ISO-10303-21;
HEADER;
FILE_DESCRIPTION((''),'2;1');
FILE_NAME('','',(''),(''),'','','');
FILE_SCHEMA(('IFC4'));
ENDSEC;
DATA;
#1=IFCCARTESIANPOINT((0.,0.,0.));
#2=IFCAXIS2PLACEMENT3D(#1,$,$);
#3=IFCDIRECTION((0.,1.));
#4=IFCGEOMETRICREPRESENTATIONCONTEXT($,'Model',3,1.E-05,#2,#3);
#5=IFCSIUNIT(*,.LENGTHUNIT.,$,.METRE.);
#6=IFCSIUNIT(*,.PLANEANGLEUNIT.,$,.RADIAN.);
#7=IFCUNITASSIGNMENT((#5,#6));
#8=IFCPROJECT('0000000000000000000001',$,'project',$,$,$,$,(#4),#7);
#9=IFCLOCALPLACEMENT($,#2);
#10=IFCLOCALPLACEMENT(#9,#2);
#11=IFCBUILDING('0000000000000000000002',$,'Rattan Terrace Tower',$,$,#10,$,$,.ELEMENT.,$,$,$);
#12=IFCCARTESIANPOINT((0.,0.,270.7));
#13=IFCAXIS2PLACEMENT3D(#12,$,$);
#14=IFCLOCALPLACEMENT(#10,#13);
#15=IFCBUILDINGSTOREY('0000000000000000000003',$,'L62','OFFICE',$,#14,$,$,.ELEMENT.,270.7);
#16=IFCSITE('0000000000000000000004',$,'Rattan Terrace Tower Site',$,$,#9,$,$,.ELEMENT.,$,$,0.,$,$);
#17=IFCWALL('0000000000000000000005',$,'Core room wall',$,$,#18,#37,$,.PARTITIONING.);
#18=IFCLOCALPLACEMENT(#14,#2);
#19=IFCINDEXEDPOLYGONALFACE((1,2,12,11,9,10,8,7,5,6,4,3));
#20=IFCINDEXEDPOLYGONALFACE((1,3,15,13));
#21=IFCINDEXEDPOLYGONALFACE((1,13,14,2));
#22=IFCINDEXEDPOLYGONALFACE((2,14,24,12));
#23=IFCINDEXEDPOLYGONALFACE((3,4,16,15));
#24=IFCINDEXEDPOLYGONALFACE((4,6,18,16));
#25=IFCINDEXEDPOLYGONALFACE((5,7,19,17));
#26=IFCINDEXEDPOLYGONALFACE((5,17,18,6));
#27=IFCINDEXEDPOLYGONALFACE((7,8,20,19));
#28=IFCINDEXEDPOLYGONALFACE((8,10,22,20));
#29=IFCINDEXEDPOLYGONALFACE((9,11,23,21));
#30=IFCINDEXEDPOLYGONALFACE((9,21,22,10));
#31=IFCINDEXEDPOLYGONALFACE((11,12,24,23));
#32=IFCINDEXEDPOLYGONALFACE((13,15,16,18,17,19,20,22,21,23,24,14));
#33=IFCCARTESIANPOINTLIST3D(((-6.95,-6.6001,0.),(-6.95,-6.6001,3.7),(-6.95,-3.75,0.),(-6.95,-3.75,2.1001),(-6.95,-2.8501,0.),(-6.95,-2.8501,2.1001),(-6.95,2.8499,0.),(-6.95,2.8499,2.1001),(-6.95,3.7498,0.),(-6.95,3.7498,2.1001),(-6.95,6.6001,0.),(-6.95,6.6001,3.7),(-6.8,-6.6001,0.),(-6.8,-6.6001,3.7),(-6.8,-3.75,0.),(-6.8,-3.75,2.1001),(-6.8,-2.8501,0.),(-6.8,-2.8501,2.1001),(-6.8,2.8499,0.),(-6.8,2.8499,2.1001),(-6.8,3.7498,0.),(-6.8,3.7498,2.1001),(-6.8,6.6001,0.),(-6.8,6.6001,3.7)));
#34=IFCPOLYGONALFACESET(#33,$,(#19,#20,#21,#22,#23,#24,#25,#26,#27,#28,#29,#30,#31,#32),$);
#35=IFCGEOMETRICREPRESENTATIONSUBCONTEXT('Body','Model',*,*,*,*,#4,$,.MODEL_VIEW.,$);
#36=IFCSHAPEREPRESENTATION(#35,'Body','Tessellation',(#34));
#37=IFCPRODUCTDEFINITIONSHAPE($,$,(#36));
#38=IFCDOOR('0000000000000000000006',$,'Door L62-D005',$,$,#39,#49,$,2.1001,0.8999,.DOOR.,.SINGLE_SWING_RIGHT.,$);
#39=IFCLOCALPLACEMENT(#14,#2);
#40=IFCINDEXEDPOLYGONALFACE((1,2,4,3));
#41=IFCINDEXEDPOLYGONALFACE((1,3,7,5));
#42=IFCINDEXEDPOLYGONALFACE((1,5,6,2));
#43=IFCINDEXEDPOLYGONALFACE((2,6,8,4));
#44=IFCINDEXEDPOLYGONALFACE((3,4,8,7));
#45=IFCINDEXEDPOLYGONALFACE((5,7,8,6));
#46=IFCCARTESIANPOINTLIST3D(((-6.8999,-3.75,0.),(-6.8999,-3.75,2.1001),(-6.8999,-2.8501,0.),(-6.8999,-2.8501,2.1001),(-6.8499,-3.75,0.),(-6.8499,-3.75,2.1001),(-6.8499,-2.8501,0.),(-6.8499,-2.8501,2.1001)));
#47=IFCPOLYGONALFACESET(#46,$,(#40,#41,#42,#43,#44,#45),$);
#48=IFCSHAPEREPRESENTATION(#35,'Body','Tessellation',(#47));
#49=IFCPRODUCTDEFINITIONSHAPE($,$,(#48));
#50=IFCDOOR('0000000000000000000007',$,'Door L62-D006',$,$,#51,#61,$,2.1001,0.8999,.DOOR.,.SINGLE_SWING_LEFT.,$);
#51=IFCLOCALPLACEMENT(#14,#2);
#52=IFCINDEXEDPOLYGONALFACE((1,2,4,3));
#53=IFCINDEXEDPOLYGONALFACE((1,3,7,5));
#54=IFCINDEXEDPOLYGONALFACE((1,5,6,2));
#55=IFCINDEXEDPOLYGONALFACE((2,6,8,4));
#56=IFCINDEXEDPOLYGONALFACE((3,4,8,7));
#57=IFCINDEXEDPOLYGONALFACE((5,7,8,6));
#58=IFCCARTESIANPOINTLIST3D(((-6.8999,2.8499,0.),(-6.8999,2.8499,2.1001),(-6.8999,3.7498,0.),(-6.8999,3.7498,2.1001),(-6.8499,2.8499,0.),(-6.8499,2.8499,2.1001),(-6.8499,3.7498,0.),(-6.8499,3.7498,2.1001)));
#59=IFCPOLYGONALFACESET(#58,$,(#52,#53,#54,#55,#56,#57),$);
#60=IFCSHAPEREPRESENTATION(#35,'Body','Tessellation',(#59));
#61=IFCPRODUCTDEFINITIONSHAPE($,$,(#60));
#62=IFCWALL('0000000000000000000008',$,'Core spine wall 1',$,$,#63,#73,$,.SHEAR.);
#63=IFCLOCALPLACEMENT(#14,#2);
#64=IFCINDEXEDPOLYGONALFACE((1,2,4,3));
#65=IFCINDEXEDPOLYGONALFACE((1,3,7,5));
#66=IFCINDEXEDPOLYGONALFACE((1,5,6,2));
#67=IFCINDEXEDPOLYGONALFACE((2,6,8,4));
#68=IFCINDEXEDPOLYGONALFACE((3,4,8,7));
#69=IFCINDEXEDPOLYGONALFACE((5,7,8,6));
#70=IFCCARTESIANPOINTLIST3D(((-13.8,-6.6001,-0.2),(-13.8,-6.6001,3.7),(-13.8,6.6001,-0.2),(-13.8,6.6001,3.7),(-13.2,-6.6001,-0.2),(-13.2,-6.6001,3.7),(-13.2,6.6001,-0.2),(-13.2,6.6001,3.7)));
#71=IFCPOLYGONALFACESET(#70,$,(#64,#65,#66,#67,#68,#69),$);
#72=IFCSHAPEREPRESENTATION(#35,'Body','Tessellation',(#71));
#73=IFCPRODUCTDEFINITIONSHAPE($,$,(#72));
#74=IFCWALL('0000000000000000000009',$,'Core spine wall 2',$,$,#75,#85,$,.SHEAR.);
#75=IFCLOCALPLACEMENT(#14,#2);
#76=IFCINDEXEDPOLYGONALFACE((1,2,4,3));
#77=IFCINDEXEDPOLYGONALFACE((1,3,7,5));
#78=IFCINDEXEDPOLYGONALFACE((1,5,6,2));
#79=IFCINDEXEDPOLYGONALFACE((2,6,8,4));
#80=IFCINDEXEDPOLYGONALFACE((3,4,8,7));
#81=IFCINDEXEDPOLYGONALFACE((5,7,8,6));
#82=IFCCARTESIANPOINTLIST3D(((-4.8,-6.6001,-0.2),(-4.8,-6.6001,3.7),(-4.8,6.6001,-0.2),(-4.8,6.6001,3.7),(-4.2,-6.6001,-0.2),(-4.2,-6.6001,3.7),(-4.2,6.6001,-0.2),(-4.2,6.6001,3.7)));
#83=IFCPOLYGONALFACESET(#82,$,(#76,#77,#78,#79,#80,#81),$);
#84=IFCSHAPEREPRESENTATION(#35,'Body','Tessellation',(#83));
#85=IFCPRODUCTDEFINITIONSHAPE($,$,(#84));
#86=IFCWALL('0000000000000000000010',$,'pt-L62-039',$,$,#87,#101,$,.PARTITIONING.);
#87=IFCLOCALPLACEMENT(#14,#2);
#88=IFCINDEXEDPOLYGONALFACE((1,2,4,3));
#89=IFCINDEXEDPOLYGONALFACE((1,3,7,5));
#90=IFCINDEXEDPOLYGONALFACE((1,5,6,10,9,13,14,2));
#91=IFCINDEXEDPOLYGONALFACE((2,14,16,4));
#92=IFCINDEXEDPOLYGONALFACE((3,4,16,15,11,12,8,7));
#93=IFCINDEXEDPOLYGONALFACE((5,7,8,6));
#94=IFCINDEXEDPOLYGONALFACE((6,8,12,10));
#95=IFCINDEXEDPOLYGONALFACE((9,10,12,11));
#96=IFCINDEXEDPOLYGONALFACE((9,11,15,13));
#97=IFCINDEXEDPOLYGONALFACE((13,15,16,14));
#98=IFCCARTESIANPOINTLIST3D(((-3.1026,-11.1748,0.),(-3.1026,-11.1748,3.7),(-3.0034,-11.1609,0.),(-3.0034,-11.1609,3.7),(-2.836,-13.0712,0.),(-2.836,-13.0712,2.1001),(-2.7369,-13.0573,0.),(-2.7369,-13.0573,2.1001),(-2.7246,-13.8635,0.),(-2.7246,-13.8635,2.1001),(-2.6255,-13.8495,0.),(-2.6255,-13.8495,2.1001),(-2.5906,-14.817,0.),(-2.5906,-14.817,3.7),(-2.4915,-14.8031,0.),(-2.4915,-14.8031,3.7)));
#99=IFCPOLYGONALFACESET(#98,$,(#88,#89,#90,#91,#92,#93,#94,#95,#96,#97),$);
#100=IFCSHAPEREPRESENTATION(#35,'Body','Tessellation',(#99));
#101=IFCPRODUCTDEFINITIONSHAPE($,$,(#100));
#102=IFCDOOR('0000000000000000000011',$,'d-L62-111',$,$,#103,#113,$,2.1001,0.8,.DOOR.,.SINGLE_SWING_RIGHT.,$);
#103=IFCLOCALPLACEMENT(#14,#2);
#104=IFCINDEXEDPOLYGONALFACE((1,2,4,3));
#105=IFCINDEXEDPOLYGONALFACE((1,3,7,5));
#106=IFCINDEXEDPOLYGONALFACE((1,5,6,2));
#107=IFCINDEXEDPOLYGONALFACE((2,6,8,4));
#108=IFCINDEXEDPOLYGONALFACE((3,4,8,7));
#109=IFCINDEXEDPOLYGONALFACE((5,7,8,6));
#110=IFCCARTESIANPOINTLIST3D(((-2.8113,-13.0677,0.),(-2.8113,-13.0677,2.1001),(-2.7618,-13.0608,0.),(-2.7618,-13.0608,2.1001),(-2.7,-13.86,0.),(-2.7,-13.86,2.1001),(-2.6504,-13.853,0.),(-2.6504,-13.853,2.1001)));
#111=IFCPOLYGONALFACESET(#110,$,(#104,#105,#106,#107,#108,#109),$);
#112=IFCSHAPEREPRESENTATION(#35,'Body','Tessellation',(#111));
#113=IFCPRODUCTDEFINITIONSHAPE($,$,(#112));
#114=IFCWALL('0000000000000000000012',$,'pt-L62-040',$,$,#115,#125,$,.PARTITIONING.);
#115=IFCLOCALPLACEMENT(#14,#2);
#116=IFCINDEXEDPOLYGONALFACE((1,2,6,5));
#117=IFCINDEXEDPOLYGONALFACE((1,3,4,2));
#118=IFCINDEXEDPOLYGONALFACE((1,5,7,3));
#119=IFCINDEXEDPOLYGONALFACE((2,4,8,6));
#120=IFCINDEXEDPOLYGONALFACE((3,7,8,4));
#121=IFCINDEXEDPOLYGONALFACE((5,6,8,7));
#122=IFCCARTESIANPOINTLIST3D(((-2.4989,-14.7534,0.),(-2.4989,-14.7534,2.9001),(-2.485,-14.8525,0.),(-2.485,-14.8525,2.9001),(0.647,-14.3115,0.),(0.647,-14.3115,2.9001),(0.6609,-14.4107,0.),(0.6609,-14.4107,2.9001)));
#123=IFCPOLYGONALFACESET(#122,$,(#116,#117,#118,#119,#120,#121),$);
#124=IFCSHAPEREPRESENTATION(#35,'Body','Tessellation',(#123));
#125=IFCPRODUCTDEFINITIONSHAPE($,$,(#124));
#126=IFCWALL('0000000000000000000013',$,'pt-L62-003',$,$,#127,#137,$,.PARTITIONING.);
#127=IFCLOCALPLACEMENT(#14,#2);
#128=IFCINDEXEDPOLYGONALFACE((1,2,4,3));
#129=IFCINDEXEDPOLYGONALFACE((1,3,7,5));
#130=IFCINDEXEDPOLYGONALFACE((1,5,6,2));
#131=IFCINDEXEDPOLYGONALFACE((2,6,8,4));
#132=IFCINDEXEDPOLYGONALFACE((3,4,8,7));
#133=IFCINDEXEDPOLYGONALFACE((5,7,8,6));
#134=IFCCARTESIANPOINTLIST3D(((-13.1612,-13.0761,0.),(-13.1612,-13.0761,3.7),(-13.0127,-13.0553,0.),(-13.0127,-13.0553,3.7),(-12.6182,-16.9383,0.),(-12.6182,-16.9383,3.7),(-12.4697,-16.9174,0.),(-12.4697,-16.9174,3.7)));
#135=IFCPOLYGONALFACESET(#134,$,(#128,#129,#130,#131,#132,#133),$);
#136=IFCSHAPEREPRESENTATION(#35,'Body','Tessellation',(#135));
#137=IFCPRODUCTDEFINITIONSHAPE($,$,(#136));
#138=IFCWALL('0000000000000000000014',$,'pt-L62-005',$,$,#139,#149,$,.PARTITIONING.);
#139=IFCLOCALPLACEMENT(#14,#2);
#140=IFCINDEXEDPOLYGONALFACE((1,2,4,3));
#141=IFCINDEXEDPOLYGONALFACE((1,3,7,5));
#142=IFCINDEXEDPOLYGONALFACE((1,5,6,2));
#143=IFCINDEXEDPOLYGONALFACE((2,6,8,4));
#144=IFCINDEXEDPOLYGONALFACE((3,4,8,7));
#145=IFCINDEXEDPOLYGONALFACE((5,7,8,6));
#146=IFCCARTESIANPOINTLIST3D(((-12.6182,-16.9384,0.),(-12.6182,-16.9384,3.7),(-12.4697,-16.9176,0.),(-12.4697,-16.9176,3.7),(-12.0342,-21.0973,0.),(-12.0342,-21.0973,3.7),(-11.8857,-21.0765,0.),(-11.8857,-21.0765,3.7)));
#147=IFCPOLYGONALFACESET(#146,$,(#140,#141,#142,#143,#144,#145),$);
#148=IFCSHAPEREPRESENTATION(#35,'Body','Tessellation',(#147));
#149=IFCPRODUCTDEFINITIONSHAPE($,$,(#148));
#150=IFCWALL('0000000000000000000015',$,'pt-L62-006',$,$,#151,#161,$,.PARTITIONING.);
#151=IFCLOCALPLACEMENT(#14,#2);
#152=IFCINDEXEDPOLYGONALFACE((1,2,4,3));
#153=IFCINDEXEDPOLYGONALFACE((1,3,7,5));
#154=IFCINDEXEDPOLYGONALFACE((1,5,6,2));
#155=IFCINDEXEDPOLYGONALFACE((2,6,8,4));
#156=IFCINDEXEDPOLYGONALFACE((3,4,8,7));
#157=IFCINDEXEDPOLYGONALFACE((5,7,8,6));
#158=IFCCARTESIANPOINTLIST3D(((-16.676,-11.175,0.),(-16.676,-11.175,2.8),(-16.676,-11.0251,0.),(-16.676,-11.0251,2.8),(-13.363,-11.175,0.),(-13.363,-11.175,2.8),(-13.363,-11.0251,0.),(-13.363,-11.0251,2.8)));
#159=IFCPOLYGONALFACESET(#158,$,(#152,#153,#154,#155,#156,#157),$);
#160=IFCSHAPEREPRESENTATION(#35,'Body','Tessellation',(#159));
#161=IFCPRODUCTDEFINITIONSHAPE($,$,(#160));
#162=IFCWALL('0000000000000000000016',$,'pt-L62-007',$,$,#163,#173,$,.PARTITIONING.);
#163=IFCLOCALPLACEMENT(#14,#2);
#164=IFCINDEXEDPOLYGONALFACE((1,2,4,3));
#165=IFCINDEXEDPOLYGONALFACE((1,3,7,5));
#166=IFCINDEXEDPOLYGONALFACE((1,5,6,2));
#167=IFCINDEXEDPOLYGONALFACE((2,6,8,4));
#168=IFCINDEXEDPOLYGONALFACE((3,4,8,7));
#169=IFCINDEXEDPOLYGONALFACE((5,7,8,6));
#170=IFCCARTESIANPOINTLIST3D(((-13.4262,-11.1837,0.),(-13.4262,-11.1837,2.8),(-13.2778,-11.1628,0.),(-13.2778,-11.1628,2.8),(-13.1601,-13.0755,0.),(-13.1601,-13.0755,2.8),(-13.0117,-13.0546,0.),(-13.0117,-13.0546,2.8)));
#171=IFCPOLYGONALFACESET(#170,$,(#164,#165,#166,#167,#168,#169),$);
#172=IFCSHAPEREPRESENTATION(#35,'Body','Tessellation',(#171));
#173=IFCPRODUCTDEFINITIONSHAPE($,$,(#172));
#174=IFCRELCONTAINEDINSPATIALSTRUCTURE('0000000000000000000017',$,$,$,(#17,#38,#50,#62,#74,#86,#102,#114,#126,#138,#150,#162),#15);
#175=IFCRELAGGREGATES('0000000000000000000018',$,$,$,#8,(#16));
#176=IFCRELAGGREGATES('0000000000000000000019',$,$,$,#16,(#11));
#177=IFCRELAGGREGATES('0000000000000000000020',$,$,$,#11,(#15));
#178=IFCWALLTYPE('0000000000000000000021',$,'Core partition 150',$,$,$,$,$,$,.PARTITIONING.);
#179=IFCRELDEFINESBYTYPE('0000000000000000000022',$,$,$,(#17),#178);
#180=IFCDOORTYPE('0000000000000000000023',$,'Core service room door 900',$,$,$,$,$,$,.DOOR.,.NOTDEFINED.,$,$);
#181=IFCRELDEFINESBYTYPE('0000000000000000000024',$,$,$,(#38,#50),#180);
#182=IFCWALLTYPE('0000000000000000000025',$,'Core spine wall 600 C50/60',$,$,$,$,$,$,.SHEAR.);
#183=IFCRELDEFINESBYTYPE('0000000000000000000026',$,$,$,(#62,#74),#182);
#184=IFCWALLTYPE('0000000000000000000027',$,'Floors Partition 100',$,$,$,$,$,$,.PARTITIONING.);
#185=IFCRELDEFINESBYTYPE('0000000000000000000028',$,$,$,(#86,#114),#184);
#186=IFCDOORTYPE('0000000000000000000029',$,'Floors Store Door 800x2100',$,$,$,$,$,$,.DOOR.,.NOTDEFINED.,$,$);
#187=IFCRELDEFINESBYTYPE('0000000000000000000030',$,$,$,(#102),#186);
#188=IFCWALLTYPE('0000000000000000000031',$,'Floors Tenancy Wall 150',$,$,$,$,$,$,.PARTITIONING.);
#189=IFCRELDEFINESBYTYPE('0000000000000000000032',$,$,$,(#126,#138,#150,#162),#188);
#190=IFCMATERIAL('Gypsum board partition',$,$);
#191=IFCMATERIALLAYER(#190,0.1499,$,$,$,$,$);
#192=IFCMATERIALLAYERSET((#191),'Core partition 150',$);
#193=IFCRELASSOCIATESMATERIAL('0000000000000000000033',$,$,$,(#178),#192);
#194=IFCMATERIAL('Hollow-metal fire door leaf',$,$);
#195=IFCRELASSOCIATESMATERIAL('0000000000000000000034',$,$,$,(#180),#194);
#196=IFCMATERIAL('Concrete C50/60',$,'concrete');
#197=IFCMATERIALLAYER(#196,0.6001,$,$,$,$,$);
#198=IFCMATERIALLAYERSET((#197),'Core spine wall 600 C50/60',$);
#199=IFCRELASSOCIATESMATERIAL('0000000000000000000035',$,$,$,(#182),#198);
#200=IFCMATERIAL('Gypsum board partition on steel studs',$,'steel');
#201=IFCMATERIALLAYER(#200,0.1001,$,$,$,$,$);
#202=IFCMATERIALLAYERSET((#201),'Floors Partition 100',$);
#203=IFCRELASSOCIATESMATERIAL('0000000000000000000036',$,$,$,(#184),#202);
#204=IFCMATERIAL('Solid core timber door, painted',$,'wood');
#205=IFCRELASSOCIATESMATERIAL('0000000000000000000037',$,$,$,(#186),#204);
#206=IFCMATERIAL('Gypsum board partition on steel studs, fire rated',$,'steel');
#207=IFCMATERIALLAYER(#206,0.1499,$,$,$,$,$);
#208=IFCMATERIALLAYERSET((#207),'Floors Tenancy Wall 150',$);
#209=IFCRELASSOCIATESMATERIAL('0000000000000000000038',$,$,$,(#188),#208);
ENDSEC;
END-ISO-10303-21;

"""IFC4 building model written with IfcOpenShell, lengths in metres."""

from ifc_helpers import new_model, si_unit, direction, frame, frame_2d, origin, place, context, subcontext, project, spatial, rectangle, extrude, material, layer, layer_set, type_object, element, fill, save


model = new_model("IFC4")

# Units and contexts
model_context = context("Model", 3, precision=1e-05, world=origin(), true_north=direction((0.0, 1.0)))
body_context = subcontext(model_context, "Body", "Model", "MODEL_VIEW")
ifc_project = project(units=[si_unit("LENGTHUNIT", "METRE"), si_unit("PLANEANGLEUNIT", "RADIAN")], contexts=[model_context])

# Site, building, storey
site_placement = place(None, origin())
site = spatial("IfcSite", under=ifc_project, at=site_placement, Name="Rattan Terrace Tower Site", CompositionType="ELEMENT", RefElevation=0.0)
building_placement = place(site_placement, origin())
building = spatial("IfcBuilding", under=site, at=building_placement, Name="Rattan Terrace Tower", CompositionType="ELEMENT")
storey_placement = place(building_placement, frame((0.0, 0.0, 270.7)))
storey = spatial("IfcBuildingStorey", under=building, at=storey_placement, Name="L62", Description="OFFICE", CompositionType="ELEMENT", Elevation=270.7)

# Wall, openings, doors
ifc_material_1 = material(Name="Gypsum board partition")
ifc_layer_1 = layer(ifc_material_1, 0.1499)
ifc_layer_set_1 = layer_set([ifc_layer_1], Name="Core partition 150")
wall_type_1 = type_object("IfcWallType", Name="Core partition 150", PredefinedType="PARTITIONING", material=ifc_layer_set_1)
wall_1_placement = place(storey_placement, frame((-6.875, -6.6001, 0.0), z_axis=(0.0, 0.0, 1.0), x_axis=(0.0, 1.0, 0.0)))
wall_1 = element("IfcWall", 1, at=wall_1_placement, inside=storey, type_object=wall_type_1, Name="Core room wall", PredefinedType="PARTITIONING", context=body_context, shape_type="SweptSolid", body=[
    extrude(rectangle(XDim=13.2002, YDim=0.1499, at=frame_2d((6.6001, 0.0))), origin(), (0.0, 0.0, 1.0), 3.7),
])
opening_1_placement = place(wall_1_placement, frame((2.8501, 0.0, 0.0)))
opening_1 = element("IfcOpeningElement", 2, at=opening_1_placement, cuts=wall_1, PredefinedType="OPENING", context=body_context, shape_type="SweptSolid", body=[
    extrude(rectangle(XDim=0.8999, YDim=2.1001, at=frame_2d((0.45, 1.05))), frame((0.0, 0.0854, 0.0), z_axis=(0.0, -1.0, 0.0), x_axis=(1.0, 0.0, 0.0)), (0.0, 0.0, 1.0), 0.1709),
])
opening_2_placement = place(wall_1_placement, frame((9.45, 0.0, 0.0)))
opening_2 = element("IfcOpeningElement", 3, at=opening_2_placement, cuts=wall_1, PredefinedType="OPENING", context=body_context, shape_type="SweptSolid", body=[
    extrude(rectangle(XDim=0.8999, YDim=2.1001, at=frame_2d((0.45, 1.05))), frame((0.0, 0.0854, 0.0), z_axis=(0.0, -1.0, 0.0), x_axis=(1.0, 0.0, 0.0)), (0.0, 0.0, 1.0), 0.1709),
])
ifc_material_2 = material(Name="Hollow-metal fire door leaf")
door_type_1 = type_object("IfcDoorType", Name="Core service room door 900", OperationType="NOTDEFINED", PredefinedType="DOOR", material=ifc_material_2)
door_1_placement = place(opening_1_placement, origin())
door_1 = element("IfcDoor", 4, at=door_1_placement, inside=storey, type_object=door_type_1, Name="Door L62-D005", OperationType="SINGLE_SWING_RIGHT", OverallHeight=2.1001, OverallWidth=0.8999, PredefinedType="DOOR", context=body_context, shape_type="SweptSolid", body=[
    extrude(rectangle(XDim=0.8999, YDim=2.1001, at=frame_2d((0.45, 1.05))), frame((0.0, 0.0249, 0.0), z_axis=(0.0, -1.0, 0.0), x_axis=(1.0, 0.0, 0.0)), (0.0, 0.0, 1.0), 0.05),
])
fill(opening_1, door_1)
door_2_placement = place(opening_2_placement, origin())
door_2 = element("IfcDoor", 5, at=door_2_placement, inside=storey, type_object=door_type_1, Name="Door L62-D006", OperationType="SINGLE_SWING_LEFT", OverallHeight=2.1001, OverallWidth=0.8999, PredefinedType="DOOR", context=body_context, shape_type="SweptSolid", body=[
    extrude(rectangle(XDim=0.8999, YDim=2.1001, at=frame_2d((0.45, 1.05))), frame((0.0, 0.0249, 0.0), z_axis=(0.0, -1.0, 0.0), x_axis=(1.0, 0.0, 0.0)), (0.0, 0.0, 1.0), 0.05),
])
fill(opening_2, door_2)

# Walls
ifc_material_3 = material(Name="Concrete C50/60", Category="concrete")
ifc_layer_2 = layer(ifc_material_3, 0.6001)
ifc_layer_set_2 = layer_set([ifc_layer_2], Name="Core spine wall 600 C50/60")
wall_type_2 = type_object("IfcWallType", Name="Core spine wall 600 C50/60", PredefinedType="SHEAR", material=ifc_layer_set_2)
for number, where, z_axis, x_axis, name in (
    (6, (-13.5, -6.6001, -0.2), (0.0, 0.0, 1.0), (0.0, 1.0, 0.0), "Core spine wall 1"),
    (7, (-4.5, -6.6001, -0.2), (0.0, 0.0, 1.0), (0.0, 1.0, 0.0), "Core spine wall 2"),
):
    element("IfcWall", number, at=place(storey_placement, frame(where, z_axis=z_axis, x_axis=x_axis)), inside=storey, type_object=wall_type_2, Name=name, PredefinedType="SHEAR", context=body_context, shape_type="SweptSolid", body=[
        extrude(rectangle(XDim=13.2002, YDim=0.6001, at=frame_2d((6.6001, 0.0))), origin(), (0.0, 0.0, 1.0), 3.8999),
    ])

# Wall, opening, door
ifc_material_4 = material(Name="Gypsum board partition on steel studs", Category="steel")
ifc_layer_3 = layer(ifc_material_4, 0.1001)
ifc_layer_set_3 = layer_set([ifc_layer_3], Name="Floors Partition 100")
wall_type_3 = type_object("IfcWallType", Name="Floors Partition 100", PredefinedType="PARTITIONING", material=ifc_layer_set_3)
wall_2_placement = place(storey_placement, frame((-3.053, -11.168, 0.0), z_axis=(0.0, 0.0, 1.0), x_axis=(0.1392, -0.990264, 0.0)))
wall_2 = element("IfcWall", 8, at=wall_2_placement, inside=storey, type_object=wall_type_3, Name="pt-L62-039", PredefinedType="PARTITIONING", context=body_context, shape_type="SweptSolid", body=[
    extrude(rectangle(XDim=3.678, YDim=0.1001, at=frame_2d((1.8389, 0.0))), origin(), (0.0, 0.0, 1.0), 3.7),
])
opening_3_placement = place(wall_2_placement, frame((1.915, 0.0, 0.0)))
opening_3 = element("IfcOpeningElement", 9, at=opening_3_placement, cuts=wall_2, PredefinedType="OPENING", context=body_context, shape_type="SweptSolid", body=[
    extrude(rectangle(XDim=0.8, YDim=2.1001, at=frame_2d((0.3999, 1.05))), frame((0.0, 0.0605, 0.0), z_axis=(0.0, -1.0, 0.0), x_axis=(1.0, 0.0, 0.0)), (0.0, 0.0, 1.0), 0.1211),
])
ifc_material_5 = material(Name="Solid core timber door, painted", Category="wood")
door_type_2 = type_object("IfcDoorType", Name="Floors Store Door 800x2100", OperationType="NOTDEFINED", PredefinedType="DOOR", material=ifc_material_5)
door_3_placement = place(opening_3_placement, origin())
door_3 = element("IfcDoor", 10, at=door_3_placement, inside=storey, type_object=door_type_2, Name="d-L62-111", OperationType="SINGLE_SWING_RIGHT", OverallHeight=2.1001, OverallWidth=0.8, PredefinedType="DOOR", context=body_context, shape_type="SweptSolid", body=[
    extrude(rectangle(XDim=0.8, YDim=2.1001, at=frame_2d((0.3999, 1.05))), frame((0.0, 0.0249, 0.0), z_axis=(0.0, -1.0, 0.0), x_axis=(1.0, 0.0, 0.0)), (0.0, 0.0, 1.0), 0.05),
])
fill(opening_3, door_3)

# Walls
wall_3_placement = place(storey_placement, frame((-2.4919, -14.803, 0.0), z_axis=(0.0, 0.0, 1.0), x_axis=(0.990279, 0.139097, 0.0)))
element("IfcWall", 11, at=wall_3_placement, inside=storey, type_object=wall_type_3, Name="pt-L62-040", PredefinedType="PARTITIONING", context=body_context, shape_type="SweptSolid", body=[
    extrude(rectangle(XDim=3.1768, YDim=0.1001, at=frame_2d((1.5884, 0.0))), origin(), (0.0, 0.0, 1.0), 2.9001),
])
ifc_material_6 = material(Name="Gypsum board partition on steel studs, fire rated", Category="steel")
ifc_layer_4 = layer(ifc_material_6, 0.1499)
ifc_layer_set_4 = layer_set([ifc_layer_4], Name="Floors Tenancy Wall 150")
wall_type_4 = type_object("IfcWallType", Name="Floors Tenancy Wall 150", PredefinedType="PARTITIONING", material=ifc_layer_set_4)
wall_4_placement = place(storey_placement, frame((-12.5439, -16.928, 0.0), z_axis=(0.0, 0.0, 1.0), x_axis=(-0.139221, 0.990261, 0.0)))
element("IfcWall", 12, at=wall_4_placement, inside=storey, type_object=wall_type_4, Name="pt-L62-003", PredefinedType="PARTITIONING", context=body_context, shape_type="SweptSolid", body=[
    extrude(rectangle(XDim=3.9001, YDim=0.1499, at=frame_2d((1.9502, 0.0))), origin(), (0.0, 0.0, 1.0), 3.7),
])
wall_5_placement = place(storey_placement, frame((-11.96, -21.0869, 0.0), z_axis=(0.0, 0.0, 1.0), x_axis=(-0.139053, 0.990285, 0.0)))
element("IfcWall", 13, at=wall_5_placement, inside=storey, type_object=wall_type_4, Name="pt-L62-005", PredefinedType="PARTITIONING", context=body_context, shape_type="SweptSolid", body=[
    extrude(rectangle(XDim=4.1997, YDim=0.1499, at=frame_2d((2.0999, 0.0))), origin(), (0.0, 0.0, 1.0), 3.7),
])
wall_6_placement = place(storey_placement, frame((-13.363, -11.1001, 0.0), z_axis=(0.0, 0.0, 1.0), x_axis=(-1.0, 0.0, 0.0)))
element("IfcWall", 14, at=wall_6_placement, inside=storey, type_object=wall_type_4, Name="pt-L62-006", PredefinedType="PARTITIONING", context=body_context, shape_type="SweptSolid", body=[
    extrude(rectangle(XDim=3.313, YDim=0.1499, at=frame_2d((1.6565, 0.0))), origin(), (0.0, 0.0, 1.0), 2.8),
])
wall_7_placement = place(storey_placement, frame((-13.0859, -13.0649, 0.0), z_axis=(0.0, 0.0, 1.0), x_axis=(-0.139292, 0.990251, 0.0)))
element("IfcWall", 15, at=wall_7_placement, inside=storey, type_object=wall_type_4, Name="pt-L62-007", PredefinedType="PARTITIONING", context=body_context, shape_type="SweptSolid", body=[
    extrude(rectangle(XDim=1.9104, YDim=0.1499, at=frame_2d((0.9551, 0.0))), origin(), (0.0, 0.0, 1.0), 2.8),
])

save(model, "model.ifc")
